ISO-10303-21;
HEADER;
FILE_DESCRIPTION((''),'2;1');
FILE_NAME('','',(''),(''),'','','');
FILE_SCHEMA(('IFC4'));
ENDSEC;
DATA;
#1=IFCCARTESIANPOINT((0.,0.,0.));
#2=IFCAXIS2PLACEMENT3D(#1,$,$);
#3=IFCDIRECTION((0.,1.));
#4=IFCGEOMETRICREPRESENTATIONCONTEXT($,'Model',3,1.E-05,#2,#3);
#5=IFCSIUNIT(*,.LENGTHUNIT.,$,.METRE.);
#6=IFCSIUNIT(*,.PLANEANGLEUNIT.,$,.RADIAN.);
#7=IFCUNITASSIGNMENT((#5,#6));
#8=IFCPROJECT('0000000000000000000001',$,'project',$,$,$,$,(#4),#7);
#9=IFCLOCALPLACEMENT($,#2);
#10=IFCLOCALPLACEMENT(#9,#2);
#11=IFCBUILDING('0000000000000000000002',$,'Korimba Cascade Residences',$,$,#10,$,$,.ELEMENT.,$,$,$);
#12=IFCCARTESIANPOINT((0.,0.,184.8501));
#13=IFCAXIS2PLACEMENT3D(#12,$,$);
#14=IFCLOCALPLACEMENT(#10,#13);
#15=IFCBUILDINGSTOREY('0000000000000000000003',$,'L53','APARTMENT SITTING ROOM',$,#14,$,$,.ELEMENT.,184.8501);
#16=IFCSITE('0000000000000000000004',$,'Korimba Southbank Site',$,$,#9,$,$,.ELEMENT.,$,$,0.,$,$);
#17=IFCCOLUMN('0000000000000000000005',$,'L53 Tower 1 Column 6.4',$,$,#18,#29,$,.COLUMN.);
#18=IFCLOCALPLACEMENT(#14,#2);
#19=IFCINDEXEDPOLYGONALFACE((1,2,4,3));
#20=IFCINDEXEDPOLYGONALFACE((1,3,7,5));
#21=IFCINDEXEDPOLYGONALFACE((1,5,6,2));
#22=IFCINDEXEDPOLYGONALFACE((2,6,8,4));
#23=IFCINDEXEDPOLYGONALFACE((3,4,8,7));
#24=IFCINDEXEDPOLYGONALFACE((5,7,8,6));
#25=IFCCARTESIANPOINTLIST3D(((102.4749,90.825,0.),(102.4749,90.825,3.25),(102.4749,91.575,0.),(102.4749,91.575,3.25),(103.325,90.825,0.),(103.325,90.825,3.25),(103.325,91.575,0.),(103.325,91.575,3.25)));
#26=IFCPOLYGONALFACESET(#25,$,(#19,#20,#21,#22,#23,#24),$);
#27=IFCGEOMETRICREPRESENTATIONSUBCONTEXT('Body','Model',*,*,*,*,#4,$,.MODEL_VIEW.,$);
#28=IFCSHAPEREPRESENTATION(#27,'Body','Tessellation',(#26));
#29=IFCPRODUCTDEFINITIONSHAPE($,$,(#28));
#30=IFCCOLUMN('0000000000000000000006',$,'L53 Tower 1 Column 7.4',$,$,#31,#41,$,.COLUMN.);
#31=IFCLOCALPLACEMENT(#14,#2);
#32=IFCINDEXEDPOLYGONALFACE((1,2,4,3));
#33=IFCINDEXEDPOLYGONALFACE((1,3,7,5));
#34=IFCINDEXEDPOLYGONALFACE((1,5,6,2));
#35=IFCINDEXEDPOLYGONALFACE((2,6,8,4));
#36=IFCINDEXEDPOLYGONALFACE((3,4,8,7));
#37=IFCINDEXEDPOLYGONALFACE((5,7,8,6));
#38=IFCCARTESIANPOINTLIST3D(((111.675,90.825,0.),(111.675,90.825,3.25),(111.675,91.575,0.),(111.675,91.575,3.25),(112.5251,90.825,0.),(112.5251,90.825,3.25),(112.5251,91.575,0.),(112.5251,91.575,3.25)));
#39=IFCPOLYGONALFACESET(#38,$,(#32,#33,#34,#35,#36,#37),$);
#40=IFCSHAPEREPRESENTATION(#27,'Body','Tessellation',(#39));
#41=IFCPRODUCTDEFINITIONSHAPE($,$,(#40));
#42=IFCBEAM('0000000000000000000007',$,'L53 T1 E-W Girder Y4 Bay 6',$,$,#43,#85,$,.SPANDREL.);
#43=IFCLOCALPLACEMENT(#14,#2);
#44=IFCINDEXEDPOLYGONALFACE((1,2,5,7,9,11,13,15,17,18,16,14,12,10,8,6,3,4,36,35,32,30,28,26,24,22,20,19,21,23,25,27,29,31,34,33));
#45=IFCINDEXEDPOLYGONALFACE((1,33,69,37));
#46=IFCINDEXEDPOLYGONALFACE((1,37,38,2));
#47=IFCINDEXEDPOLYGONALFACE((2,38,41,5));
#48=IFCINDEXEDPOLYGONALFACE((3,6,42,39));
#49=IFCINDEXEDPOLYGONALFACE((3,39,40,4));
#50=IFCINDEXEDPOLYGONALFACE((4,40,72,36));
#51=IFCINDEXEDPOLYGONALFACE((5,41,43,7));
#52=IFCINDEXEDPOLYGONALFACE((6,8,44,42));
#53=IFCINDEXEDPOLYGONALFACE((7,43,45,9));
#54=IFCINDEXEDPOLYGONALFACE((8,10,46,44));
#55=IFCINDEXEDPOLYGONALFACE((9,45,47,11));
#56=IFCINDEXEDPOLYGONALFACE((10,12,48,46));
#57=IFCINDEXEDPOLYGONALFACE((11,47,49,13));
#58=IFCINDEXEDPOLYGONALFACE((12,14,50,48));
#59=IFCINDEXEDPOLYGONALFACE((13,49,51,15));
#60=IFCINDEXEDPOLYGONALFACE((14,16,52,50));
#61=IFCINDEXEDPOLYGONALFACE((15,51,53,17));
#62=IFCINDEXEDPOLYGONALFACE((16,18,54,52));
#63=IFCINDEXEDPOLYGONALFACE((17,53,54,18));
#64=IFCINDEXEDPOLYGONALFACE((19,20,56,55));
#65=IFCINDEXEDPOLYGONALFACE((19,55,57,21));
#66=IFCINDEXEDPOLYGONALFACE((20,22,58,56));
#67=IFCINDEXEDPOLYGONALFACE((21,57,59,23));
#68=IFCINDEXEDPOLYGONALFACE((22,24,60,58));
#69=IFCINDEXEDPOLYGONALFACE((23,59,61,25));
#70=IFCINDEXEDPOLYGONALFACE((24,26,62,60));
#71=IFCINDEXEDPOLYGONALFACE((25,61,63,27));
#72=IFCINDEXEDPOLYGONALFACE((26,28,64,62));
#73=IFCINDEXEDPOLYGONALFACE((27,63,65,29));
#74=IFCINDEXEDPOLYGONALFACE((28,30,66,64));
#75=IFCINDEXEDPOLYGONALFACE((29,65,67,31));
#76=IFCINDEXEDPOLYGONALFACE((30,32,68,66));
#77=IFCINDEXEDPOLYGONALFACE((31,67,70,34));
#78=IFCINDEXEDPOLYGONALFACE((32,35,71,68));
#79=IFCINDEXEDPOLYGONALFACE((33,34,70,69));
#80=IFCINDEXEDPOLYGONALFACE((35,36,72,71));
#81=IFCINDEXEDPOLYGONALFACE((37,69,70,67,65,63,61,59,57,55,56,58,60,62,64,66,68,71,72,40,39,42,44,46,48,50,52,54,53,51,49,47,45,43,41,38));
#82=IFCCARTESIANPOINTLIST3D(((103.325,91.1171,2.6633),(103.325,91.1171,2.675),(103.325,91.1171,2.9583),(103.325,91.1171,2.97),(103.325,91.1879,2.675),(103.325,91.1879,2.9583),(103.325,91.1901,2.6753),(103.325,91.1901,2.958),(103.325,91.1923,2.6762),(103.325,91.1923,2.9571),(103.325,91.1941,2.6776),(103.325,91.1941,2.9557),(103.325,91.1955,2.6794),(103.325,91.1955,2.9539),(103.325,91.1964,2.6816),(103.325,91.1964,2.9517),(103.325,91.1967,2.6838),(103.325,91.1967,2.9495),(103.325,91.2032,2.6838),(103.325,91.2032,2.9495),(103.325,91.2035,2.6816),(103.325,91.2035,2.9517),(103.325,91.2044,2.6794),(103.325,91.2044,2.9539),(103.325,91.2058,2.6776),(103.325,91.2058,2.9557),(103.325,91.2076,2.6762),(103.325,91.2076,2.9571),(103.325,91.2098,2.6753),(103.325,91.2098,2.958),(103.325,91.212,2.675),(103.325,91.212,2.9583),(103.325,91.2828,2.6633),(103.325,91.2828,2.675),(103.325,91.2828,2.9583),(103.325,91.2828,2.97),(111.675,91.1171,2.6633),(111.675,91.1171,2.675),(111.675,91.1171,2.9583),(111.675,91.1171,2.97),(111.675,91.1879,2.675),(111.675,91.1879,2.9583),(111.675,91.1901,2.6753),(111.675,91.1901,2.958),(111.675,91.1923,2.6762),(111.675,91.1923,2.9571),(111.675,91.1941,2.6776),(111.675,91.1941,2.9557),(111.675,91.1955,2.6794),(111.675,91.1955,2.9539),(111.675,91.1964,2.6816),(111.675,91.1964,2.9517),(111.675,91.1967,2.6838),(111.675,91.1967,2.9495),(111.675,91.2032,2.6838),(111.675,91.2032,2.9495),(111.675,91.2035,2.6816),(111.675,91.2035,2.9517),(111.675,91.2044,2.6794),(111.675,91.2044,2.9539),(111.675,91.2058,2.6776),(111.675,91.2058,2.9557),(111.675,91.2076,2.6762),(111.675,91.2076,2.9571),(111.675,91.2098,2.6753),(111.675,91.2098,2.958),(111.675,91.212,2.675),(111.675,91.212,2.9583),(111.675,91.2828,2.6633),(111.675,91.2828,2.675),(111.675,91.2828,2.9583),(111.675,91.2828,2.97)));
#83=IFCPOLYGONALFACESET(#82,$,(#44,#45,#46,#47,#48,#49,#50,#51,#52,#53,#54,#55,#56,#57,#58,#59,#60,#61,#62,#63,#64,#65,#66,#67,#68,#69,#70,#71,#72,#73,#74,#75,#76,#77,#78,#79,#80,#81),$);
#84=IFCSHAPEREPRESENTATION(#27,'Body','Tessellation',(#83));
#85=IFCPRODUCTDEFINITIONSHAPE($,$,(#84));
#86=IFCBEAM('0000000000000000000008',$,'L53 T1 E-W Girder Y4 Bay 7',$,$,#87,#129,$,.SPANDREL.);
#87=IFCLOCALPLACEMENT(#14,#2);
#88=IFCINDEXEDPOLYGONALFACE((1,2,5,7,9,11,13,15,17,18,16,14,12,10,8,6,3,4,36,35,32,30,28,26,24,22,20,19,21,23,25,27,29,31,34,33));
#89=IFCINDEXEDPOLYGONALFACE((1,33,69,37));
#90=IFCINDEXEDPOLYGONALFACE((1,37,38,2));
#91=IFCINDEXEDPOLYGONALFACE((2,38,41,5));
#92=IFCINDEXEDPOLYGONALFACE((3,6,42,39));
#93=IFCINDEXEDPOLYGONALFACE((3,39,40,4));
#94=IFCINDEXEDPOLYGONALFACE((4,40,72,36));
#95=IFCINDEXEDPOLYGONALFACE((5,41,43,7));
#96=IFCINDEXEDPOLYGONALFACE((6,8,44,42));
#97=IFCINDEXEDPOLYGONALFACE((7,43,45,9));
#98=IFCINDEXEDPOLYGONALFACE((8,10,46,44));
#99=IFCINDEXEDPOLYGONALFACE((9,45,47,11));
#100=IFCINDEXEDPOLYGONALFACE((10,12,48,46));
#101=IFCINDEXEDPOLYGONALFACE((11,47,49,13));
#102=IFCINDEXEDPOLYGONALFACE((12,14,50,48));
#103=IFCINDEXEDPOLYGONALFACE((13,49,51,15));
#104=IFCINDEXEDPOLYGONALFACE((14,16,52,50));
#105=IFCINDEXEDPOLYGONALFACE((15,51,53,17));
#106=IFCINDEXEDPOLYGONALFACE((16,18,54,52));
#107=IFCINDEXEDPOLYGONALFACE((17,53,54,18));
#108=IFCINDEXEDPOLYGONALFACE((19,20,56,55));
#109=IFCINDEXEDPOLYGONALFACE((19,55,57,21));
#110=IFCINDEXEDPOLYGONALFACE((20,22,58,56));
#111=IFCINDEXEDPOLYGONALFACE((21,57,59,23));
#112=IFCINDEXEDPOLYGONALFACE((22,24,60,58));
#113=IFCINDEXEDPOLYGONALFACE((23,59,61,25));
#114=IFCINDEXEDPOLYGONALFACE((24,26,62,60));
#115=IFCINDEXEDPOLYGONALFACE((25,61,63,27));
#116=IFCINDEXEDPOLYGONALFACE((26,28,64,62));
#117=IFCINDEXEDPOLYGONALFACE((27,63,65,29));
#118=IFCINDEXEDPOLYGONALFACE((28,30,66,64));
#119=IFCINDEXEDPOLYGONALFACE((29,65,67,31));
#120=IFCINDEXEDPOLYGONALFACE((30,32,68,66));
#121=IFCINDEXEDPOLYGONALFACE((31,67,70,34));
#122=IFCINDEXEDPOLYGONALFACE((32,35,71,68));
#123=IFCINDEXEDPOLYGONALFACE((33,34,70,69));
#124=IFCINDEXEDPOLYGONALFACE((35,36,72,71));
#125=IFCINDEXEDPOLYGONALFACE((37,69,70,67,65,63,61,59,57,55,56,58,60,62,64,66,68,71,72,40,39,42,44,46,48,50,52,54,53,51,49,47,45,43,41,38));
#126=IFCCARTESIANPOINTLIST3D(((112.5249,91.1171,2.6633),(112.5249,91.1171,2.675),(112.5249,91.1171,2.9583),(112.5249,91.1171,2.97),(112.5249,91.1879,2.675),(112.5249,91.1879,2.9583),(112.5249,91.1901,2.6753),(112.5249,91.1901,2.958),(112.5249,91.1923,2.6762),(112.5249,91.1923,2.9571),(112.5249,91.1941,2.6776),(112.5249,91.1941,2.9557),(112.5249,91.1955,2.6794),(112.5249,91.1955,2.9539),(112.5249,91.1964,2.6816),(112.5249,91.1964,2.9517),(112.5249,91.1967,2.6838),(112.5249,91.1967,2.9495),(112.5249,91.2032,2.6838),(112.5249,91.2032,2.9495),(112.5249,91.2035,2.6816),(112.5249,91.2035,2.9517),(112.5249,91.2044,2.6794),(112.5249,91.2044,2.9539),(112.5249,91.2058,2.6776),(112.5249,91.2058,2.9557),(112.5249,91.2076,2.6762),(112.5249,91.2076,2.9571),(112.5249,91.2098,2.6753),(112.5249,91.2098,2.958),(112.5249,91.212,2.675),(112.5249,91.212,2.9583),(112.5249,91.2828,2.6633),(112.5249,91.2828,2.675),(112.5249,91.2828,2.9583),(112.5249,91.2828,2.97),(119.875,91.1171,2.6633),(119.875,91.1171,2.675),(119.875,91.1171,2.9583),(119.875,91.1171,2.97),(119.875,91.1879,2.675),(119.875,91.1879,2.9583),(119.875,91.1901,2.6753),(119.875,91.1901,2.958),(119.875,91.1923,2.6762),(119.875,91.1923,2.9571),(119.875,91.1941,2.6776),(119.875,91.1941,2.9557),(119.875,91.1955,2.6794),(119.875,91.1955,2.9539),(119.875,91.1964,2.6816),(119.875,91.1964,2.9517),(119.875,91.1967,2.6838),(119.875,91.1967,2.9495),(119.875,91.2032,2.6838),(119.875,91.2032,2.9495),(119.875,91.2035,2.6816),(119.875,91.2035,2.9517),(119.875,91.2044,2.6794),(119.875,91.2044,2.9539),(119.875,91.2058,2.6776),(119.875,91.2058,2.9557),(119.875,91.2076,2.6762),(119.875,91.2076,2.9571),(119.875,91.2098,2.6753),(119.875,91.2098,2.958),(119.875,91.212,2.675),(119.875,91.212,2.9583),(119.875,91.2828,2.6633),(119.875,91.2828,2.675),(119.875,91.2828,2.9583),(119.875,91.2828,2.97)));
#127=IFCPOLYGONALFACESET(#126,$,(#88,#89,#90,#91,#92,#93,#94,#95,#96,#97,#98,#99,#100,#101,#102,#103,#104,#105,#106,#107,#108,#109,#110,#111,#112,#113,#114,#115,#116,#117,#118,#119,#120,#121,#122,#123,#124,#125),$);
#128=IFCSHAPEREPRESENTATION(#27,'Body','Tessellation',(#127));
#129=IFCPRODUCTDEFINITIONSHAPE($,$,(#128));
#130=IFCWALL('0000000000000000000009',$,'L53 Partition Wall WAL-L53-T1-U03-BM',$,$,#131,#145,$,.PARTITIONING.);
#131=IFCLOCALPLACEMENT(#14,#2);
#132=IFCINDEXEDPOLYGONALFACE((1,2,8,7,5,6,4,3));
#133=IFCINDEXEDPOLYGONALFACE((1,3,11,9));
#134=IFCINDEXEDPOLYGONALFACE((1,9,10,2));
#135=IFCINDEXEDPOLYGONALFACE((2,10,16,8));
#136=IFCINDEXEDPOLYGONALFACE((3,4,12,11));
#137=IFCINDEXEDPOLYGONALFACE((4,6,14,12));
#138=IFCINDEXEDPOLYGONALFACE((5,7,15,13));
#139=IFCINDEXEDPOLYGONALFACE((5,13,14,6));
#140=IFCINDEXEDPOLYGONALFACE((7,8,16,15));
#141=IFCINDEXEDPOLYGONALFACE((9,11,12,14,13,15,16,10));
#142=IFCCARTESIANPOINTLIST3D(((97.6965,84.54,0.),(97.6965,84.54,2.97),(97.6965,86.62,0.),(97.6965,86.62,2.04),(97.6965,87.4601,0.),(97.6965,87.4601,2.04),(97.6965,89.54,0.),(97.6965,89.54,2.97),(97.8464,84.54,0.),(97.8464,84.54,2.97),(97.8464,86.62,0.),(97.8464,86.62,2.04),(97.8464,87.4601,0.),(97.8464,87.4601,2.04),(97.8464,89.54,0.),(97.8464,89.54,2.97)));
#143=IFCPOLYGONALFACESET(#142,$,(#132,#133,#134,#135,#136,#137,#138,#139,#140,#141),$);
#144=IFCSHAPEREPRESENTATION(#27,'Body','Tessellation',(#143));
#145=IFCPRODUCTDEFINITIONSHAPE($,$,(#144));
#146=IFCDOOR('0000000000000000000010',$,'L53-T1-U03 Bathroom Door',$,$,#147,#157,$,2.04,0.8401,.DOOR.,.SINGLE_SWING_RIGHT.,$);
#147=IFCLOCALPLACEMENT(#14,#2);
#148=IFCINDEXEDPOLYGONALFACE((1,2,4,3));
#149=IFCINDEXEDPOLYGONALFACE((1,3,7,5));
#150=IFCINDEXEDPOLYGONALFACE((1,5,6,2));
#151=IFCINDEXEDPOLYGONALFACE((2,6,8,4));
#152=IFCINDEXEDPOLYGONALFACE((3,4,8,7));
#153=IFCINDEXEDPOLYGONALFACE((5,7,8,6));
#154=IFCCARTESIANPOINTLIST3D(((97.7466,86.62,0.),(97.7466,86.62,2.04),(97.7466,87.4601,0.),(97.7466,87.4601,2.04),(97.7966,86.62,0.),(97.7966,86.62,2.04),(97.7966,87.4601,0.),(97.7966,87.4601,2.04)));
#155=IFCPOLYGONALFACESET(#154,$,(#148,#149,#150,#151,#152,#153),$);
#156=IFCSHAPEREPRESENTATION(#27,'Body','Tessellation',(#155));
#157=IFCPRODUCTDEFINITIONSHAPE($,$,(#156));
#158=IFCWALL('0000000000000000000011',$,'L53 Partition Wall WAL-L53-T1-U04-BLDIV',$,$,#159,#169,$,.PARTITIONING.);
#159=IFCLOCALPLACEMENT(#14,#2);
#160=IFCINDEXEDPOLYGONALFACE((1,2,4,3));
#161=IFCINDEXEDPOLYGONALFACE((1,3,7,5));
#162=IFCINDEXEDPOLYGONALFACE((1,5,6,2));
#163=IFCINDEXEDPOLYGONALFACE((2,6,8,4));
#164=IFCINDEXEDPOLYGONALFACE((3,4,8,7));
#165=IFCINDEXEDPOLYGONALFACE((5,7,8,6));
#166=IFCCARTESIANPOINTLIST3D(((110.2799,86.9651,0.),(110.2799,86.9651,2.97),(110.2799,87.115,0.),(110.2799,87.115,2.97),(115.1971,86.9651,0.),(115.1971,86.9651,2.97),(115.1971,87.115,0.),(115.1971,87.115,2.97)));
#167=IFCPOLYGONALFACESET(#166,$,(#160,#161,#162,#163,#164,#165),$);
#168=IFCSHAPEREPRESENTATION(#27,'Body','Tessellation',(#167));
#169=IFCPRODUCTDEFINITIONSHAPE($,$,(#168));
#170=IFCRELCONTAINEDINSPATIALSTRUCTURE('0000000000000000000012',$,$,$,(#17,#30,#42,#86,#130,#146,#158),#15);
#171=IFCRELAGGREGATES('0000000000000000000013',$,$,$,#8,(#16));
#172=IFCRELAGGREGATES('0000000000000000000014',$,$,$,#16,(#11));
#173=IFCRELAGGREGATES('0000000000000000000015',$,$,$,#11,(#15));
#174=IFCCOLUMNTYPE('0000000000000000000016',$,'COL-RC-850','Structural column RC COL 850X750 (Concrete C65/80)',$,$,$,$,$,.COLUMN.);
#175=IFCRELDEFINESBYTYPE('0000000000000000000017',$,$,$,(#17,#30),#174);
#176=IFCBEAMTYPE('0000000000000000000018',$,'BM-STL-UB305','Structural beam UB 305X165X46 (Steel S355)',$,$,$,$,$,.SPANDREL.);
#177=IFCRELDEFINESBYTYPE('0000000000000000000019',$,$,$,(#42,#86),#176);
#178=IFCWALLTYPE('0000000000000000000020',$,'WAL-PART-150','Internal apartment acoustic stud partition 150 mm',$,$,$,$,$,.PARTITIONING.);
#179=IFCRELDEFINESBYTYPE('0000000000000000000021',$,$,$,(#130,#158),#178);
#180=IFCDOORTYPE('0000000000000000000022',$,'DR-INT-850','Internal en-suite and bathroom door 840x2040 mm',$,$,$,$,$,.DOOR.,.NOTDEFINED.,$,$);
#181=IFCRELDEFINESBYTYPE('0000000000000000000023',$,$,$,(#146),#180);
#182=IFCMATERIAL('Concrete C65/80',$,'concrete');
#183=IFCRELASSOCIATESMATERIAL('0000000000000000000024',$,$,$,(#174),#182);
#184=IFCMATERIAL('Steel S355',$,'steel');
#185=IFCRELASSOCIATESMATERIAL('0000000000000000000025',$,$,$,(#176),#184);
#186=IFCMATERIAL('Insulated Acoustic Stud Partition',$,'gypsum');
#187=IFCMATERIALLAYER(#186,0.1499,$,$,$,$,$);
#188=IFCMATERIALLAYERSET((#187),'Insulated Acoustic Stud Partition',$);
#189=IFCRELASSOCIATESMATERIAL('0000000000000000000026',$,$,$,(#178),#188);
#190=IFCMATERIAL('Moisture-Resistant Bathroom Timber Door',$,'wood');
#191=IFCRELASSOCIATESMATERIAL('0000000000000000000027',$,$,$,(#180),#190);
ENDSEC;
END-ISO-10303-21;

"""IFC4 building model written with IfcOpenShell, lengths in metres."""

from ifc_helpers import new_model, si_unit, direction, frame, frame_2d, origin, origin_2d, place, context, subcontext, project, spatial, rectangle, i_section, extrude, material, layer, layer_set, material_profile, profile_set, type_object, element, fill, save


model = new_model("IFC4")

# Units and contexts
model_context = context("Model", 3, precision=1e-05, world=origin(), true_north=direction((0.0, 1.0)))
body_context = subcontext(model_context, "Body", "Model", "MODEL_VIEW")
ifc_project = project(units=[si_unit("LENGTHUNIT", "METRE"), si_unit("PLANEANGLEUNIT", "RADIAN")], contexts=[model_context])

# Site, building, storey
site_placement = place(None, origin())
site = spatial("IfcSite", under=ifc_project, at=site_placement, Name="Korimba Southbank Site", CompositionType="ELEMENT", RefElevation=0.0)
building_placement = place(site_placement, origin())
building = spatial("IfcBuilding", under=site, at=building_placement, Name="Korimba Cascade Residences", CompositionType="ELEMENT")
storey_placement = place(building_placement, frame((0.0, 0.0, 184.8501)))
storey = spatial("IfcBuildingStorey", under=building, at=storey_placement, Name="L53", Description="APARTMENT SITTING ROOM", CompositionType="ELEMENT", Elevation=184.8501)

# Columns
ifc_material_1 = material(Name="Concrete C65/80", Category="concrete")
ifc_material_profile_1 = material_profile(ifc_material_1, rectangle(XDim=0.8501, YDim=0.75, at=origin_2d()), Name="Concrete C65/80")
ifc_profile_set_1 = profile_set([ifc_material_profile_1], Name="Concrete C65/80")
column_type = type_object("IfcColumnType", Name="COL-RC-850", Description="Structural column RC COL 850X750 (Concrete C65/80)", PredefinedType="COLUMN", material=ifc_profile_set_1)
for number, where, z_axis, x_axis, name in (
    (1, (102.8999, 91.2, 0.0), (0.0, 0.0, 1.0), (1.0, 0.0, 0.0), "L53 Tower 1 Column 6.4"),
    (2, (112.1001, 91.2, 0.0), (0.0, 0.0, 1.0), (1.0, 0.0, 0.0), "L53 Tower 1 Column 7.4"),
):
    element("IfcColumn", number, at=place(storey_placement, frame(where, z_axis=z_axis, x_axis=x_axis)), inside=storey, type_object=column_type, Name=name, PredefinedType="COLUMN", context=body_context, shape_type="SweptSolid", body=[
        extrude(rectangle(XDim=0.8501, YDim=0.75, at=origin_2d()), origin(), (0.0, 0.0, 1.0), 3.25),
    ])

# Beams
ifc_material_2 = material(Name="Steel S355", Category="steel")
ifc_material_profile_2 = material_profile(ifc_material_2, i_section(OverallWidth=0.1658, OverallDepth=0.3066, WebThickness=0.0066, FlangeThickness=0.0117, FilletRadius=0.0088, at=origin_2d()), Name="Steel S355")
ifc_profile_set_2 = profile_set([ifc_material_profile_2], Name="Steel S355")
beam_type = type_object("IfcBeamType", Name="BM-STL-UB305", Description="Structural beam UB 305X165X46 (Steel S355)", PredefinedType="SPANDREL", material=ifc_profile_set_2)
beam_1_placement = place(storey_placement, frame((103.325, 91.2, 2.8167), z_axis=(1.0, 0.0, 0.0), x_axis=(0.0, 1.0, 0.0)))
element("IfcBeam", 3, at=beam_1_placement, inside=storey, type_object=beam_type, Name="L53 T1 E-W Girder Y4 Bay 6", PredefinedType="SPANDREL", context=body_context, shape_type="SweptSolid", body=[
    extrude(i_section(OverallWidth=0.1658, OverallDepth=0.3066, WebThickness=0.0066, FlangeThickness=0.0117, FilletRadius=0.0088, at=origin_2d()), origin(), (0.0, 0.0, 1.0), 8.3501),
])
beam_2_placement = place(storey_placement, frame((112.5249, 91.2, 2.8167), z_axis=(1.0, 0.0, 0.0), x_axis=(0.0, 1.0, 0.0)))
element("IfcBeam", 4, at=beam_2_placement, inside=storey, type_object=beam_type, Name="L53 T1 E-W Girder Y4 Bay 7", PredefinedType="SPANDREL", context=body_context, shape_type="SweptSolid", body=[
    extrude(i_section(OverallWidth=0.1658, OverallDepth=0.3066, WebThickness=0.0066, FlangeThickness=0.0117, FilletRadius=0.0088, at=origin_2d()), origin(), (0.0, 0.0, 1.0), 7.3501),
])

# Wall, opening, door
ifc_material_3 = material(Name="Insulated Acoustic Stud Partition", Category="gypsum")
ifc_layer = layer(ifc_material_3, 0.1499)
ifc_layer_set = layer_set([ifc_layer], Name="Insulated Acoustic Stud Partition")
wall_type = type_object("IfcWallType", Name="WAL-PART-150", Description="Internal apartment acoustic stud partition 150 mm", PredefinedType="PARTITIONING", material=ifc_layer_set)
wall_1_placement = place(storey_placement, frame((97.7715, 84.54, 0.0), z_axis=(0.0, 0.0, 1.0), x_axis=(0.0, 1.0, 0.0)))
wall_1 = element("IfcWall", 5, at=wall_1_placement, inside=storey, type_object=wall_type, Name="L53 Partition Wall WAL-L53-T1-U03-BM", PredefinedType="PARTITIONING", context=body_context, shape_type="SweptSolid", body=[
    extrude(rectangle(XDim=5.0, YDim=0.1499, at=frame_2d((2.5, 0.0))), origin(), (0.0, 0.0, 1.0), 2.97),
])
opening_1_placement = place(wall_1_placement, frame((2.0801, 0.0, 0.0)))
opening_1 = element("IfcOpeningElement", 6, at=opening_1_placement, cuts=wall_1, PredefinedType="OPENING", context=body_context, shape_type="SweptSolid", body=[
    extrude(rectangle(XDim=0.8401, YDim=2.04, at=frame_2d((0.4199, 1.02))), frame((0.0, 0.085, 0.0), z_axis=(0.0, -1.0, 0.0), x_axis=(1.0, 0.0, 0.0)), (0.0, 0.0, 1.0), 0.1699),
])
ifc_material_4 = material(Name="Moisture-Resistant Bathroom Timber Door", Category="wood")
door_type_1 = type_object("IfcDoorType", Name="DR-INT-850", Description="Internal en-suite and bathroom door 840x2040 mm", OperationType="NOTDEFINED", PredefinedType="DOOR", material=ifc_material_4)
door_1_placement = place(opening_1_placement, origin())
door_1 = element("IfcDoor", 7, at=door_1_placement, inside=storey, type_object=door_type_1, Name="L53-T1-U03 Bathroom Door", OperationType="SINGLE_SWING_RIGHT", OverallHeight=2.04, OverallWidth=0.8401, PredefinedType="DOOR", context=body_context, shape_type="SweptSolid", body=[
    extrude(rectangle(XDim=0.8401, YDim=2.04, at=frame_2d((0.4199, 1.02))), frame((0.0, 0.0249, 0.0), z_axis=(0.0, -1.0, 0.0), x_axis=(1.0, 0.0, 0.0)), (0.0, 0.0, 1.0), 0.05),
])
fill(opening_1, door_1)

# Wall
wall_2_placement = place(storey_placement, frame((110.28, 87.04, 0.0), z_axis=(0.0, 0.0, 1.0), x_axis=(1.0, 0.0, 0.0)))
element("IfcWall", 8, at=wall_2_placement, inside=storey, type_object=wall_type, Name="L53 Partition Wall WAL-L53-T1-U04-BLDIV", PredefinedType="PARTITIONING", context=body_context, shape_type="SweptSolid", body=[
    extrude(rectangle(XDim=4.9172, YDim=0.1499, at=frame_2d((2.4585, 0.0))), origin(), (0.0, 0.0, 1.0), 2.97),
])

save(model, "model.ifc")
